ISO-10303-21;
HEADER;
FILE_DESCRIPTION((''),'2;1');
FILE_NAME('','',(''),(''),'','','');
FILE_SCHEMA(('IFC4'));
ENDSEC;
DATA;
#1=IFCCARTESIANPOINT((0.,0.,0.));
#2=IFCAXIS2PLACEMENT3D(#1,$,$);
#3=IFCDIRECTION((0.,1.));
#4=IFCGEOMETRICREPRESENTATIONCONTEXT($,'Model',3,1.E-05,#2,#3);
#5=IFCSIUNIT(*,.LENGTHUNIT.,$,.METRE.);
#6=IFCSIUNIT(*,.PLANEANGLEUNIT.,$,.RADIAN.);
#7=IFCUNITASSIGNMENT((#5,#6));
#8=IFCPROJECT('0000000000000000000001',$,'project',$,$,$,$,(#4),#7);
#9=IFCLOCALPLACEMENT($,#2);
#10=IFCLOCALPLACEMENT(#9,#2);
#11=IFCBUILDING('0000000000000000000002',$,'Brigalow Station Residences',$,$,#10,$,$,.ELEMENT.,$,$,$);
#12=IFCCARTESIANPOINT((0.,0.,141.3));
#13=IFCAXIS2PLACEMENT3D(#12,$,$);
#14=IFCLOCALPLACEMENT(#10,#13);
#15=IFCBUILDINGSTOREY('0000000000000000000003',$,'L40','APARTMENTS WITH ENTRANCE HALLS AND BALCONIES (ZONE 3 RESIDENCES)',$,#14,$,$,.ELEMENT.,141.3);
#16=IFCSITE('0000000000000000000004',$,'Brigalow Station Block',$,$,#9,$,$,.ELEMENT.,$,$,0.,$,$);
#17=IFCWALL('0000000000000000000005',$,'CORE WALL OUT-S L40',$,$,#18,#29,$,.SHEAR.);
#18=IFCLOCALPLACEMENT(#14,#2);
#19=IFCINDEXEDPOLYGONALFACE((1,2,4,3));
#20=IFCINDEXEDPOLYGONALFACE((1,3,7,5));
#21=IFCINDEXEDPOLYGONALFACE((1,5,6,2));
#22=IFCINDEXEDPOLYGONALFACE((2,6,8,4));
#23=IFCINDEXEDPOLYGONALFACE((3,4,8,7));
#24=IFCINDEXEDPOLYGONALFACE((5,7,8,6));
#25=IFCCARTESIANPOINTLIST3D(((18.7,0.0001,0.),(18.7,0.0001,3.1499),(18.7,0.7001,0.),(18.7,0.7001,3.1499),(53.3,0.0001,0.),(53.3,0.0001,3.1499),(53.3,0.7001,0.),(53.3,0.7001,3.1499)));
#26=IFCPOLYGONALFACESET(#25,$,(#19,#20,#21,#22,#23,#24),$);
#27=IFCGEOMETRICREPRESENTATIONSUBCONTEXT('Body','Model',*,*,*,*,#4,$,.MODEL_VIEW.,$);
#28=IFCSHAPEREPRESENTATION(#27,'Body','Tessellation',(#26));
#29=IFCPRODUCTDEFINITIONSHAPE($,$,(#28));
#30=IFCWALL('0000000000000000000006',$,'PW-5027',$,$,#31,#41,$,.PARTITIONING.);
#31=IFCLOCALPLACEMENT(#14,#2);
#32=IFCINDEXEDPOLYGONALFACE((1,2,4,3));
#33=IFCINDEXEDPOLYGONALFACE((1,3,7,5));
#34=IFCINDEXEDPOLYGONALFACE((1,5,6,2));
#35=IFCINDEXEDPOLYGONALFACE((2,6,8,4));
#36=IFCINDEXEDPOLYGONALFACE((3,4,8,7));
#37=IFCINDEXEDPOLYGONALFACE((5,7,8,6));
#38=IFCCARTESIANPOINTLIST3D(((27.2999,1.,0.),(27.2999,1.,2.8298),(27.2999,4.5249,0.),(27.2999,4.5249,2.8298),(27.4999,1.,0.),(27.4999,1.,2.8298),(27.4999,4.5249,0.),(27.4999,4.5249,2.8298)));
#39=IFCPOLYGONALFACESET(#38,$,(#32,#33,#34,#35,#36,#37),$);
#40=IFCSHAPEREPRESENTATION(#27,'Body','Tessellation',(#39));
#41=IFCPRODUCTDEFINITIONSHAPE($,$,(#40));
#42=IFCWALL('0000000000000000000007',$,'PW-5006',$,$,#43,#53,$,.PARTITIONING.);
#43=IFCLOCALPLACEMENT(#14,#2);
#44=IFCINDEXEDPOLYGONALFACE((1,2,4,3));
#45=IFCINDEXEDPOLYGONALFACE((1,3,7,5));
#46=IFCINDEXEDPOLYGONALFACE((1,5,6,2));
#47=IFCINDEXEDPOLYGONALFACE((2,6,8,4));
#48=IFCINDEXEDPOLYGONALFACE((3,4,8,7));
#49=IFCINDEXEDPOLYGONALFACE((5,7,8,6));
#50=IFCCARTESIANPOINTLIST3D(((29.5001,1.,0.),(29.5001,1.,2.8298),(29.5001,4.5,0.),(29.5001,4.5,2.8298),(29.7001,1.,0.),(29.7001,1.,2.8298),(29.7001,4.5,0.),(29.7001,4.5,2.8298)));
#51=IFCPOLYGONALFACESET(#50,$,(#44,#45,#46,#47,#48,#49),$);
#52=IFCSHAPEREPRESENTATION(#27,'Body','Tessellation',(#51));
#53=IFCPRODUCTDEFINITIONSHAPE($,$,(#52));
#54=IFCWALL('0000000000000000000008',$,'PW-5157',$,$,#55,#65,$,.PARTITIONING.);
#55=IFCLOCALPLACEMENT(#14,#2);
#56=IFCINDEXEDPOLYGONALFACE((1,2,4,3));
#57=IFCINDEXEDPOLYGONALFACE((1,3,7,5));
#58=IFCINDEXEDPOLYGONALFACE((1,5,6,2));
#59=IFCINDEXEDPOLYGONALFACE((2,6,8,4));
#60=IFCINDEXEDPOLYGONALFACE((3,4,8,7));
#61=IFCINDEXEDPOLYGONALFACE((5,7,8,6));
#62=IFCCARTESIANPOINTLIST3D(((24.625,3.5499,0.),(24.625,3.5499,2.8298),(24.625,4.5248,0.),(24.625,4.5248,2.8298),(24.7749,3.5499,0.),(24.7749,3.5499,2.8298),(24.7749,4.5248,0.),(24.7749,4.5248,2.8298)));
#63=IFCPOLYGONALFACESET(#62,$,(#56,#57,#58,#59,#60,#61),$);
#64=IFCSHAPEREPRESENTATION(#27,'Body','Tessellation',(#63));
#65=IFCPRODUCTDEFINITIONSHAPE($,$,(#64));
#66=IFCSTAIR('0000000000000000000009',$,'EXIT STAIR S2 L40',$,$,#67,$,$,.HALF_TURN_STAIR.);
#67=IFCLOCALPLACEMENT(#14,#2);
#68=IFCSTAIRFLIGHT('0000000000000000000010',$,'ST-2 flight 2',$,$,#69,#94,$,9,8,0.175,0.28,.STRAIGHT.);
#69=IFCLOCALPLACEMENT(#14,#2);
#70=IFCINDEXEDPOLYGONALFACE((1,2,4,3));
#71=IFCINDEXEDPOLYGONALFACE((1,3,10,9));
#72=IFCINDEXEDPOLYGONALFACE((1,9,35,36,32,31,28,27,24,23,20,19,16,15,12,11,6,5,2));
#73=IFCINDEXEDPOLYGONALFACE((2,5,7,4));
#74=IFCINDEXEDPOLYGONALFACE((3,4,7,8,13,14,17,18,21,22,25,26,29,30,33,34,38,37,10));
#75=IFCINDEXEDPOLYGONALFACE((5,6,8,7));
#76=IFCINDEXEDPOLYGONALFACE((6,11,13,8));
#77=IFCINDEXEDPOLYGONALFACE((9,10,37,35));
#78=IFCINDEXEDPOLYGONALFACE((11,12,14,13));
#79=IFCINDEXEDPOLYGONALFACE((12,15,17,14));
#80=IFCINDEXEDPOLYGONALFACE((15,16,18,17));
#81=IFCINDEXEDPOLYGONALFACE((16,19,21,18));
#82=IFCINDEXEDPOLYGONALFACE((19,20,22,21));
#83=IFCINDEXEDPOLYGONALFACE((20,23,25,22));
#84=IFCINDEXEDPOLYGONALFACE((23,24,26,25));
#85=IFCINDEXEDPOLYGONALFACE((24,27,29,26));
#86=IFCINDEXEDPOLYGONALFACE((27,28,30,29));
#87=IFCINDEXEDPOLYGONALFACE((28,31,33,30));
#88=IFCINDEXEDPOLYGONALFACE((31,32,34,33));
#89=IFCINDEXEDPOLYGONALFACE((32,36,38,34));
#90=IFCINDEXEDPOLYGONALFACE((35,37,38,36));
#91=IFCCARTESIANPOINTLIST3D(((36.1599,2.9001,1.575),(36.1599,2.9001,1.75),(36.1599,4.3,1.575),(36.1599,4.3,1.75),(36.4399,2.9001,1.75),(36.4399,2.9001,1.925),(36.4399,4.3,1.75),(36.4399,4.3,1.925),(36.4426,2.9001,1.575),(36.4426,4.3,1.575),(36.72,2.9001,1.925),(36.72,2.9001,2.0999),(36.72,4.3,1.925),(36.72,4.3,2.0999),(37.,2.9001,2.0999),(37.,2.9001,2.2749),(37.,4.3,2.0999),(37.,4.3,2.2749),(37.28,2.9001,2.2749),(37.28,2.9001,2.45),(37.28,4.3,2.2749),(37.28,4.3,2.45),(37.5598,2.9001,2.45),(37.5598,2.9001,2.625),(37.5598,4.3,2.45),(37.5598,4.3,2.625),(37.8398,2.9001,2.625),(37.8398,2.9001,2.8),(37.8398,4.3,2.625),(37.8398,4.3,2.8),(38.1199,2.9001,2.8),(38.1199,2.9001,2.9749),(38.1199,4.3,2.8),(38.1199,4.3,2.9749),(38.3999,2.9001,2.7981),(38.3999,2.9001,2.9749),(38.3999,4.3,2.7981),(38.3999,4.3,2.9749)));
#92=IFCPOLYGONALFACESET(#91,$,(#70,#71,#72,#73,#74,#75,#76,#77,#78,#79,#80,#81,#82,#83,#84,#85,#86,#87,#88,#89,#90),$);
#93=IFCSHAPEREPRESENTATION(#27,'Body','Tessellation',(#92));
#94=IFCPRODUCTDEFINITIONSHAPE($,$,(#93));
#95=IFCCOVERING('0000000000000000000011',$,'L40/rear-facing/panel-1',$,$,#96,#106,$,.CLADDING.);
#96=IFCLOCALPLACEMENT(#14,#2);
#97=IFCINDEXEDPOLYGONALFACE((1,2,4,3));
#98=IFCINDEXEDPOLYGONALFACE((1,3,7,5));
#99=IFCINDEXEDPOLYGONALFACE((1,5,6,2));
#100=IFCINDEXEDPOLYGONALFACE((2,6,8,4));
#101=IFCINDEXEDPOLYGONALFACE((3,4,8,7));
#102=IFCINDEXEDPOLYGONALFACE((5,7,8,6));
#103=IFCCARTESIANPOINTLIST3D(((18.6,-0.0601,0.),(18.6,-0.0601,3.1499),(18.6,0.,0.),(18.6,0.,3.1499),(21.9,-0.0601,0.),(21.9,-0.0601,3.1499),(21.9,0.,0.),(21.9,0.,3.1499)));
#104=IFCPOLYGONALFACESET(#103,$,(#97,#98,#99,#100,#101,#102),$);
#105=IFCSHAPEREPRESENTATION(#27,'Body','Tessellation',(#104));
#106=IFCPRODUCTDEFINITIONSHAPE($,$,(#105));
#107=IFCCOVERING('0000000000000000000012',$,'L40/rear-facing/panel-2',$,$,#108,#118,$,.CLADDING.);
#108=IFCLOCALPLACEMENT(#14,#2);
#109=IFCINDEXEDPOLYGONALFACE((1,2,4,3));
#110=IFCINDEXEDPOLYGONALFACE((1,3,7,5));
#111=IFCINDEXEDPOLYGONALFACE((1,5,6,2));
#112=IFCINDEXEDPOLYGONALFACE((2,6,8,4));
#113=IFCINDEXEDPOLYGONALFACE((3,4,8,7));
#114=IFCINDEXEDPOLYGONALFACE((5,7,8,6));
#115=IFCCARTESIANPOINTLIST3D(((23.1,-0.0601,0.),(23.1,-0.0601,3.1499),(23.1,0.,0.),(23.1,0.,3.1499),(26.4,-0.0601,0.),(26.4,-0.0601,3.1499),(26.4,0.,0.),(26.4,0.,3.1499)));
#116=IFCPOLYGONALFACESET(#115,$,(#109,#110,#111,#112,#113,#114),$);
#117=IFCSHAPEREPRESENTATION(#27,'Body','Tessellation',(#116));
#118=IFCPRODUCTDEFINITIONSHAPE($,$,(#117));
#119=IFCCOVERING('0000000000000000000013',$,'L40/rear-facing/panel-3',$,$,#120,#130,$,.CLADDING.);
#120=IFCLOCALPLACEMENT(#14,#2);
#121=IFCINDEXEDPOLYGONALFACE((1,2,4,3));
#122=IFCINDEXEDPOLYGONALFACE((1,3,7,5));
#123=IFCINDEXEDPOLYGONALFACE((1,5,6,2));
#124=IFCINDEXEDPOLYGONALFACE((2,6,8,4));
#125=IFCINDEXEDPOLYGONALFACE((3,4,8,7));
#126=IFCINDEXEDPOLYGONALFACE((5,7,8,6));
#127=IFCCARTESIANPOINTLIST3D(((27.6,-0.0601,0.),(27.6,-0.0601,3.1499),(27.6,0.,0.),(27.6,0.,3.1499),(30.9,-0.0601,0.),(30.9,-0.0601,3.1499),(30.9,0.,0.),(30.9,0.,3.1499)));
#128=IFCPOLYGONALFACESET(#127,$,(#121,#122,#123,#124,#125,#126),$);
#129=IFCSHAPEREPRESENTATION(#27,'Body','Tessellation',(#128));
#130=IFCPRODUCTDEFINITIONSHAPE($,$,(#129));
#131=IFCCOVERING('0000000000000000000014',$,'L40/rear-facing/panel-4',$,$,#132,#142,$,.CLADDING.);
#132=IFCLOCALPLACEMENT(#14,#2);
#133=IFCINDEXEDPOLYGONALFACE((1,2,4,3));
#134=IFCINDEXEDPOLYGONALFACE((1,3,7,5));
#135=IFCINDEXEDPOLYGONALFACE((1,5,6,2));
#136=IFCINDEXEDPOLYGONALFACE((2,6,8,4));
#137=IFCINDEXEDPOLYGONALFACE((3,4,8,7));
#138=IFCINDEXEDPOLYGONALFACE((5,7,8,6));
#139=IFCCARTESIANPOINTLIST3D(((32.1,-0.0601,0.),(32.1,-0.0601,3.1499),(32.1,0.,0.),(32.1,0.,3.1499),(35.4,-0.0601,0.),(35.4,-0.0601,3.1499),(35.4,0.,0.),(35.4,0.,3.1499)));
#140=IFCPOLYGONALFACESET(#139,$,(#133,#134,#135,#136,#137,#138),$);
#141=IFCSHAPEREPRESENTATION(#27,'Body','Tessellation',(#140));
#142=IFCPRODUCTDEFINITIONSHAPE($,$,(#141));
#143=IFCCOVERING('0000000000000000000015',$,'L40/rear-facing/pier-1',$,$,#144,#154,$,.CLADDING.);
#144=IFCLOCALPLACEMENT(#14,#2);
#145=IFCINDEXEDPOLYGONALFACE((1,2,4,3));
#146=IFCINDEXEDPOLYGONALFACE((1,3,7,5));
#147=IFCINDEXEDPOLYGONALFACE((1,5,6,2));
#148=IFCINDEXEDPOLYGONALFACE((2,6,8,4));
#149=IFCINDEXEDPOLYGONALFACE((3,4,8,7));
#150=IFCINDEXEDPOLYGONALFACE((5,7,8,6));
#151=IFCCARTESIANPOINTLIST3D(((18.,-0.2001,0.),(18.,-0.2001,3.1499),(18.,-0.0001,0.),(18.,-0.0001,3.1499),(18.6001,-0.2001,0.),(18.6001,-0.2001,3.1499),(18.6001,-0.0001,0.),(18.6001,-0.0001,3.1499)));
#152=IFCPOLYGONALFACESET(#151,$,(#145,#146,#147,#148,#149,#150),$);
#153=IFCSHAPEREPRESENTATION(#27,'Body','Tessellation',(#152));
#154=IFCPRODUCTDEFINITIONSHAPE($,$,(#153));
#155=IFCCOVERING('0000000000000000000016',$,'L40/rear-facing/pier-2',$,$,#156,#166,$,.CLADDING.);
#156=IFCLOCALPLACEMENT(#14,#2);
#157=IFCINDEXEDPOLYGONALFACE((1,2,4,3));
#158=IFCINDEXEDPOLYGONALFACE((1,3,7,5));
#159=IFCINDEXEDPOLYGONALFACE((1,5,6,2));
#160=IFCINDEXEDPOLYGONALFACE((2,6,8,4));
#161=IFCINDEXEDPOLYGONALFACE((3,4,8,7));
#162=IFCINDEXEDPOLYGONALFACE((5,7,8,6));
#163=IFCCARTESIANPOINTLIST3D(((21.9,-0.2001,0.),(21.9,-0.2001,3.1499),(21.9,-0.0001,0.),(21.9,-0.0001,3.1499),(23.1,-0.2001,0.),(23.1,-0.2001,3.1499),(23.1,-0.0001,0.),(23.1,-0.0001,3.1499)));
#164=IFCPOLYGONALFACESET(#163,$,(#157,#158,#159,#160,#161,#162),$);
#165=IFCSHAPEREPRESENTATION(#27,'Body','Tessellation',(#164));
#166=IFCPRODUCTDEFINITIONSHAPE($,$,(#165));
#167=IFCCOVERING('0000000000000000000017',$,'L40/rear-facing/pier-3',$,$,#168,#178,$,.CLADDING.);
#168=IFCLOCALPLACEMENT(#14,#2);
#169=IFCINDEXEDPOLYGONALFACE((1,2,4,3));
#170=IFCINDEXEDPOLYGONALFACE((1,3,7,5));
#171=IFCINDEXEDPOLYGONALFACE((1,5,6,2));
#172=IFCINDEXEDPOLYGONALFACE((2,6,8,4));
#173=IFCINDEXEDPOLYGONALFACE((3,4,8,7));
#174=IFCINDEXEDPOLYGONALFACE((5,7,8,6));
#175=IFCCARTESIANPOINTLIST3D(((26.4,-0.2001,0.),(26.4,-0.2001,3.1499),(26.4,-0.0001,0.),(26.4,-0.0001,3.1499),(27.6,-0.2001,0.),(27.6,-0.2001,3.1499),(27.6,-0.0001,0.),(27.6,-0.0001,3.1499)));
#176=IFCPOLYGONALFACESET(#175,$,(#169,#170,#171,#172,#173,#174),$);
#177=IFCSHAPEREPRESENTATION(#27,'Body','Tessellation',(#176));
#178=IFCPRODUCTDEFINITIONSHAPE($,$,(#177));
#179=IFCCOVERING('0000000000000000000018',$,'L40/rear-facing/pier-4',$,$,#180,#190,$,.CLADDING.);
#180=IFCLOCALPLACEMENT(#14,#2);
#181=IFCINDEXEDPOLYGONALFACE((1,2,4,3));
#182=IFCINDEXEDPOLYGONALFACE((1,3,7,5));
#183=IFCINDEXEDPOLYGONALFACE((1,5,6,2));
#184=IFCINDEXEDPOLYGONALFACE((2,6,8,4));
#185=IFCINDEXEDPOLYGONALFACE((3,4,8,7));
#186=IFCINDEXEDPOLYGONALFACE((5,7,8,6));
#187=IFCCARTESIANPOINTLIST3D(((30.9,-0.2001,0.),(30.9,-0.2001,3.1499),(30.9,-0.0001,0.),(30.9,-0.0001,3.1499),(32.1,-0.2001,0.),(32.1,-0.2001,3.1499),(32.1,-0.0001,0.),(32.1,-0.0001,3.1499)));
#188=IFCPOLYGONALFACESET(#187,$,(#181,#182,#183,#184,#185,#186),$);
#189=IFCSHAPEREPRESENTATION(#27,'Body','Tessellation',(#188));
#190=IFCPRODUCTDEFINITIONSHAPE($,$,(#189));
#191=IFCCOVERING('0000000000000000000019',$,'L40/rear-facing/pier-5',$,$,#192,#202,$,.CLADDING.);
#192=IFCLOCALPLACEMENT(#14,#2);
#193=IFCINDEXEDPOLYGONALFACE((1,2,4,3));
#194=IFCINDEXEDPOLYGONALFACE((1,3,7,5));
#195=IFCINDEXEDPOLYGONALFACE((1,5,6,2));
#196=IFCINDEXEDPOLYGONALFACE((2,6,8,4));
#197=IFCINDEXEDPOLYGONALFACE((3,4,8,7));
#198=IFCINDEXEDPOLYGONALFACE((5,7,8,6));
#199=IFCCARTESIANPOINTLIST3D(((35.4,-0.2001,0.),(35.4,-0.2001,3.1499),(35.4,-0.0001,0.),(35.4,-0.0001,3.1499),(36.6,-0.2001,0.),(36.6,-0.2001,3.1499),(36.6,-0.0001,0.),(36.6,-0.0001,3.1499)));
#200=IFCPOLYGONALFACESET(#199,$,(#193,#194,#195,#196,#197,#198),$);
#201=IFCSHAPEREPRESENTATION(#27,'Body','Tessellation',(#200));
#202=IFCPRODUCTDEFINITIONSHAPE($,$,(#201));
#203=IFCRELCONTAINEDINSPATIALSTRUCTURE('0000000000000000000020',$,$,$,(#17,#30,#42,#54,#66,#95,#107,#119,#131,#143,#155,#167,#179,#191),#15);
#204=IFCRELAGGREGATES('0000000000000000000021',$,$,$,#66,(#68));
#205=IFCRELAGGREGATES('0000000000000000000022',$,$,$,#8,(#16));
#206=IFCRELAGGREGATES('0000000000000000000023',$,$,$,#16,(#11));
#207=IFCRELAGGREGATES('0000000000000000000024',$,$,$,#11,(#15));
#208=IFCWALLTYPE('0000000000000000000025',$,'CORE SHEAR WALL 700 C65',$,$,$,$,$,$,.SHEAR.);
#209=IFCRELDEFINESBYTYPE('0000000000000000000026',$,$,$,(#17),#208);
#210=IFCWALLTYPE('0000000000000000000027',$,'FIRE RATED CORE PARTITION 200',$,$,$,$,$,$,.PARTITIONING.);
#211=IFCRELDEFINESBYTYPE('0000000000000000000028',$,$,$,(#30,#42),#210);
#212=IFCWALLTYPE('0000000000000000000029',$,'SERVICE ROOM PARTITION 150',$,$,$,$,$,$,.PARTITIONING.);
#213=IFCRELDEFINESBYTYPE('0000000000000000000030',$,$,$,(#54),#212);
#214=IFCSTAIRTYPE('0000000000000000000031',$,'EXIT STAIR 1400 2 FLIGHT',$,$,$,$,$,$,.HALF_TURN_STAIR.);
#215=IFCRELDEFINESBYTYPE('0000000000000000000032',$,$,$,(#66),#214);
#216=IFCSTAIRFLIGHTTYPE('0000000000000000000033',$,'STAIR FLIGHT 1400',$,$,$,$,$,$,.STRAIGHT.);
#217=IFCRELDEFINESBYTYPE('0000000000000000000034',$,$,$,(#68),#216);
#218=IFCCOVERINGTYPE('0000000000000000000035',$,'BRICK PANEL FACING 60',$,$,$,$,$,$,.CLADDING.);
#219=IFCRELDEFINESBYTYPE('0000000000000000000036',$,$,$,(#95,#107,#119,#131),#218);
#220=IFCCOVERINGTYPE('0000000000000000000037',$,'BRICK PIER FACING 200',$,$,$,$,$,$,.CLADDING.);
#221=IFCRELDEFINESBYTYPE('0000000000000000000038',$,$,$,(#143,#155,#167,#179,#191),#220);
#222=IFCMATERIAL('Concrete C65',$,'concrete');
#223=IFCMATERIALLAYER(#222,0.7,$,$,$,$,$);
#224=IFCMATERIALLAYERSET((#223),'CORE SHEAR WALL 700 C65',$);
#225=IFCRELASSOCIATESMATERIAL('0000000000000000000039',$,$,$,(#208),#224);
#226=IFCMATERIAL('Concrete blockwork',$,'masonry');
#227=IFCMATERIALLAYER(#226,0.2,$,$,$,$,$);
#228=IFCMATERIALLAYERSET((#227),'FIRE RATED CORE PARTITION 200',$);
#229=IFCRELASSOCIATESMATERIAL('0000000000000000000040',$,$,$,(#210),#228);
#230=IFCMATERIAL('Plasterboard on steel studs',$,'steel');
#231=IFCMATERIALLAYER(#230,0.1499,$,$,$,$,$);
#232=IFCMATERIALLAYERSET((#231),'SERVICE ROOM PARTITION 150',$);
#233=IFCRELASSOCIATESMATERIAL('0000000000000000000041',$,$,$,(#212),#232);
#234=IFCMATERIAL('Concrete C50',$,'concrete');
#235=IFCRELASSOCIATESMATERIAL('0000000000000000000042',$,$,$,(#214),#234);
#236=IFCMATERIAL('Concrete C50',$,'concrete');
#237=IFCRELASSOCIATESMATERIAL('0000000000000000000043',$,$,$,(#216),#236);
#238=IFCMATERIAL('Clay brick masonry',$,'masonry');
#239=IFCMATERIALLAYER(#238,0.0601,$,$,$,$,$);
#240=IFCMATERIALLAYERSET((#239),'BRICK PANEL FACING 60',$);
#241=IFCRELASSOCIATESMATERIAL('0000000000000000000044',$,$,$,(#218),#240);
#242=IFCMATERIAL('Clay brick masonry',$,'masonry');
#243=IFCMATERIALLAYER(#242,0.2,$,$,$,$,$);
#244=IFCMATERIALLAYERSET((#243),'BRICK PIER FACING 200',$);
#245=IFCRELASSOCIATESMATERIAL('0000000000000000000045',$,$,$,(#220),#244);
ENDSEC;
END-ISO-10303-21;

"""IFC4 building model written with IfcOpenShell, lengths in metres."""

from ifc_helpers import new_model, si_unit, direction, frame, frame_2d, origin, origin_2d, place, context, subcontext, project, spatial, polyline, rectangle, outline, extrude, material, layer, layer_set, type_object, element, aggregate, save


model = new_model("IFC4")

# Units and contexts
model_context = context("Model", 3, precision=1e-05, world=origin(), true_north=direction((0.0, 1.0)))
body_context = subcontext(model_context, "Body", "Model", "MODEL_VIEW")
ifc_project = project(units=[si_unit("LENGTHUNIT", "METRE"), si_unit("PLANEANGLEUNIT", "RADIAN")], contexts=[model_context])

# Site, building, storey
site_placement = place(None, origin())
site = spatial("IfcSite", under=ifc_project, at=site_placement, Name="Brigalow Station Block", CompositionType="ELEMENT", RefElevation=0.0)
building_placement = place(site_placement, origin())
building = spatial("IfcBuilding", under=site, at=building_placement, Name="Brigalow Station Residences", CompositionType="ELEMENT")
storey_placement = place(building_placement, frame((0.0, 0.0, 141.3)))
storey = spatial("IfcBuildingStorey", under=building, at=storey_placement, Name="L40", Description="APARTMENTS WITH ENTRANCE HALLS AND BALCONIES (ZONE 3 RESIDENCES)", CompositionType="ELEMENT", Elevation=141.3)

# Walls
ifc_material_1 = material(Name="Concrete C65", Category="concrete")
ifc_layer_1 = layer(ifc_material_1, 0.7)
ifc_layer_set_1 = layer_set([ifc_layer_1], Name="CORE SHEAR WALL 700 C65")
wall_type_1 = type_object("IfcWallType", Name="CORE SHEAR WALL 700 C65", PredefinedType="SHEAR", material=ifc_layer_set_1)
wall_1_placement = place(storey_placement, frame((18.7, 0.3501, 0.0), z_axis=(0.0, 0.0, 1.0), x_axis=(1.0, 0.0, 0.0)))
element("IfcWall", 1, at=wall_1_placement, inside=storey, type_object=wall_type_1, Name="CORE WALL OUT-S L40", PredefinedType="SHEAR", context=body_context, shape_type="SweptSolid", body=[
    extrude(rectangle(XDim=34.6001, YDim=0.7, at=frame_2d((17.3, 0.0))), origin(), (0.0, 0.0, 1.0), 3.1499),
])
ifc_material_2 = material(Name="Concrete blockwork", Category="masonry")
ifc_layer_2 = layer(ifc_material_2, 0.2)
ifc_layer_set_2 = layer_set([ifc_layer_2], Name="FIRE RATED CORE PARTITION 200")
wall_type_2 = type_object("IfcWallType", Name="FIRE RATED CORE PARTITION 200", PredefinedType="PARTITIONING", material=ifc_layer_set_2)
wall_2_placement = place(storey_placement, frame((27.3999, 1.0, 0.0), z_axis=(0.0, 0.0, 1.0), x_axis=(0.0, 1.0, 0.0)))
element("IfcWall", 2, at=wall_2_placement, inside=storey, type_object=wall_type_2, Name="PW-5027", PredefinedType="PARTITIONING", context=body_context, shape_type="SweptSolid", body=[
    extrude(rectangle(XDim=3.5249, YDim=0.2, at=frame_2d((1.7625, 0.0))), origin(), (0.0, 0.0, 1.0), 2.8298),
])
wall_3_placement = place(storey_placement, frame((29.6001, 1.0, 0.0), z_axis=(0.0, 0.0, 1.0), x_axis=(0.0, 1.0, 0.0)))
element("IfcWall", 3, at=wall_3_placement, inside=storey, type_object=wall_type_2, Name="PW-5006", PredefinedType="PARTITIONING", context=body_context, shape_type="SweptSolid", body=[
    extrude(rectangle(XDim=3.5, YDim=0.2, at=frame_2d((1.75, 0.0))), origin(), (0.0, 0.0, 1.0), 2.8298),
])
ifc_material_3 = material(Name="Plasterboard on steel studs", Category="steel")
ifc_layer_3 = layer(ifc_material_3, 0.1499)
ifc_layer_set_3 = layer_set([ifc_layer_3], Name="SERVICE ROOM PARTITION 150")
wall_type_3 = type_object("IfcWallType", Name="SERVICE ROOM PARTITION 150", PredefinedType="PARTITIONING", material=ifc_layer_set_3)
wall_4_placement = place(storey_placement, frame((24.7, 3.55, 0.0), z_axis=(0.0, 0.0, 1.0), x_axis=(0.0, 1.0, 0.0)))
element("IfcWall", 4, at=wall_4_placement, inside=storey, type_object=wall_type_3, Name="PW-5157", PredefinedType="PARTITIONING", context=body_context, shape_type="SweptSolid", body=[
    extrude(rectangle(XDim=0.9749, YDim=0.1499, at=frame_2d((0.4873, 0.0))), origin(), (0.0, 0.0, 1.0), 2.8298),
])

# Stair, stair flight
ifc_material_4 = material(Name="Concrete C50", Category="concrete")
stair_type = type_object("IfcStairType", Name="EXIT STAIR 1400 2 FLIGHT", PredefinedType="HALF_TURN_STAIR", material=ifc_material_4)
stair_placement = place(storey_placement, origin())
stair = element("IfcStair", 5, at=stair_placement, inside=storey, type_object=stair_type, Name="EXIT STAIR S2 L40", PredefinedType="HALF_TURN_STAIR")
ifc_material_5 = material(Name="Concrete C50", Category="concrete")
stair_flight_type = type_object("IfcStairFlightType", Name="STAIR FLIGHT 1400", PredefinedType="STRAIGHT", material=ifc_material_5)
stair_flight_placement = place(storey_placement, frame((36.1599, 3.6001, 1.575), z_axis=(0.0, 0.0, 1.0), x_axis=(1.0, 0.0, 0.0)))
stair_flight = element("IfcStairFlight", 6, at=stair_flight_placement, type_object=stair_flight_type, Name="ST-2 flight 2", NumberOfRisers=9, NumberOfTreads=8, PredefinedType="STRAIGHT", RiserHeight=0.175, TreadLength=0.28, context=body_context, shape_type="SweptSolid", body=[
    extrude(outline(polyline([(0.0, 0.0), (0.0, 0.175), (0.28, 0.175), (0.28, 0.3501), (0.5601, 0.3501), (0.5601, 0.5249), (0.8401, 0.5249), (0.8401, 0.7), (1.1201, 0.7), (1.1201, 0.875), (1.3999, 0.875), (1.3999, 1.05), (1.6799, 1.05), (1.6799, 1.2251), (1.96, 1.2251), (1.96, 1.3999), (2.24, 1.3999), (2.24, 1.575), (2.24, 1.2231), (0.2827, 0.0), (0.0, 0.0)])), frame((0.0, 0.7, 0.0), z_axis=(0.0, -1.0, 0.0), x_axis=(1.0, 0.0, 0.0)), (0.0, 0.0, 1.0), 1.3999),
])
aggregate(stair, [stair_flight])

# Coverings
ifc_material_6 = material(Name="Clay brick masonry", Category="masonry")
ifc_layer_4 = layer(ifc_material_6, 0.0601)
ifc_layer_set_4 = layer_set([ifc_layer_4], Name="BRICK PANEL FACING 60")
covering_type_1 = type_object("IfcCoveringType", Name="BRICK PANEL FACING 60", PredefinedType="CLADDING", material=ifc_layer_set_4)
for number, where, z_axis, x_axis, name in (
    (7, (20.25, -0.03, 0.0), (0.0, 0.0, 1.0), (1.0, 0.0, 0.0), "L40/rear-facing/panel-1"),
    (8, (24.75, -0.03, 0.0), (0.0, 0.0, 1.0), (1.0, 0.0, 0.0), "L40/rear-facing/panel-2"),
    (9, (29.25, -0.03, 0.0), (0.0, 0.0, 1.0), (1.0, 0.0, 0.0), "L40/rear-facing/panel-3"),
    (10, (33.75, -0.03, 0.0), (0.0, 0.0, 1.0), (1.0, 0.0, 0.0), "L40/rear-facing/panel-4"),
):
    element("IfcCovering", number, at=place(storey_placement, frame(where, z_axis=z_axis, x_axis=x_axis)), inside=storey, type_object=covering_type_1, Name=name, PredefinedType="CLADDING", context=body_context, shape_type="SweptSolid", body=[
        extrude(rectangle(XDim=3.3, YDim=0.0601, at=origin_2d()), origin(), (0.0, 0.0, 1.0), 3.1499),
    ])
ifc_material_7 = material(Name="Clay brick masonry", Category="masonry")
ifc_layer_5 = layer(ifc_material_7, 0.2)
ifc_layer_set_5 = layer_set([ifc_layer_5], Name="BRICK PIER FACING 200")
covering_type_2 = type_object("IfcCoveringType", Name="BRICK PIER FACING 200", PredefinedType="CLADDING", material=ifc_layer_set_5)
covering_placement = place(storey_placement, frame((18.3, -0.1001, 0.0), z_axis=(0.0, 0.0, 1.0), x_axis=(1.0, 0.0, 0.0)))
element("IfcCovering", 11, at=covering_placement, inside=storey, type_object=covering_type_2, Name="L40/rear-facing/pier-1", PredefinedType="CLADDING", context=body_context, shape_type="SweptSolid", body=[
    extrude(rectangle(XDim=0.6001, YDim=0.2, at=origin_2d()), origin(), (0.0, 0.0, 1.0), 3.1499),
])
for number, where, z_axis, x_axis, name in (
    (12, (22.5, -0.1001, 0.0), (0.0, 0.0, 1.0), (1.0, 0.0, 0.0), "L40/rear-facing/pier-2"),
    (13, (27.0, -0.1001, 0.0), (0.0, 0.0, 1.0), (1.0, 0.0, 0.0), "L40/rear-facing/pier-3"),
    (14, (31.5, -0.1001, 0.0), (0.0, 0.0, 1.0), (1.0, 0.0, 0.0), "L40/rear-facing/pier-4"),
    (15, (36.0, -0.1001, 0.0), (0.0, 0.0, 1.0), (1.0, 0.0, 0.0), "L40/rear-facing/pier-5"),
):
    element("IfcCovering", number, at=place(storey_placement, frame(where, z_axis=z_axis, x_axis=x_axis)), inside=storey, type_object=covering_type_2, Name=name, PredefinedType="CLADDING", context=body_context, shape_type="SweptSolid", body=[
        extrude(rectangle(XDim=1.2, YDim=0.2, at=origin_2d()), origin(), (0.0, 0.0, 1.0), 3.1499),
    ])

save(model, "model.ifc")
